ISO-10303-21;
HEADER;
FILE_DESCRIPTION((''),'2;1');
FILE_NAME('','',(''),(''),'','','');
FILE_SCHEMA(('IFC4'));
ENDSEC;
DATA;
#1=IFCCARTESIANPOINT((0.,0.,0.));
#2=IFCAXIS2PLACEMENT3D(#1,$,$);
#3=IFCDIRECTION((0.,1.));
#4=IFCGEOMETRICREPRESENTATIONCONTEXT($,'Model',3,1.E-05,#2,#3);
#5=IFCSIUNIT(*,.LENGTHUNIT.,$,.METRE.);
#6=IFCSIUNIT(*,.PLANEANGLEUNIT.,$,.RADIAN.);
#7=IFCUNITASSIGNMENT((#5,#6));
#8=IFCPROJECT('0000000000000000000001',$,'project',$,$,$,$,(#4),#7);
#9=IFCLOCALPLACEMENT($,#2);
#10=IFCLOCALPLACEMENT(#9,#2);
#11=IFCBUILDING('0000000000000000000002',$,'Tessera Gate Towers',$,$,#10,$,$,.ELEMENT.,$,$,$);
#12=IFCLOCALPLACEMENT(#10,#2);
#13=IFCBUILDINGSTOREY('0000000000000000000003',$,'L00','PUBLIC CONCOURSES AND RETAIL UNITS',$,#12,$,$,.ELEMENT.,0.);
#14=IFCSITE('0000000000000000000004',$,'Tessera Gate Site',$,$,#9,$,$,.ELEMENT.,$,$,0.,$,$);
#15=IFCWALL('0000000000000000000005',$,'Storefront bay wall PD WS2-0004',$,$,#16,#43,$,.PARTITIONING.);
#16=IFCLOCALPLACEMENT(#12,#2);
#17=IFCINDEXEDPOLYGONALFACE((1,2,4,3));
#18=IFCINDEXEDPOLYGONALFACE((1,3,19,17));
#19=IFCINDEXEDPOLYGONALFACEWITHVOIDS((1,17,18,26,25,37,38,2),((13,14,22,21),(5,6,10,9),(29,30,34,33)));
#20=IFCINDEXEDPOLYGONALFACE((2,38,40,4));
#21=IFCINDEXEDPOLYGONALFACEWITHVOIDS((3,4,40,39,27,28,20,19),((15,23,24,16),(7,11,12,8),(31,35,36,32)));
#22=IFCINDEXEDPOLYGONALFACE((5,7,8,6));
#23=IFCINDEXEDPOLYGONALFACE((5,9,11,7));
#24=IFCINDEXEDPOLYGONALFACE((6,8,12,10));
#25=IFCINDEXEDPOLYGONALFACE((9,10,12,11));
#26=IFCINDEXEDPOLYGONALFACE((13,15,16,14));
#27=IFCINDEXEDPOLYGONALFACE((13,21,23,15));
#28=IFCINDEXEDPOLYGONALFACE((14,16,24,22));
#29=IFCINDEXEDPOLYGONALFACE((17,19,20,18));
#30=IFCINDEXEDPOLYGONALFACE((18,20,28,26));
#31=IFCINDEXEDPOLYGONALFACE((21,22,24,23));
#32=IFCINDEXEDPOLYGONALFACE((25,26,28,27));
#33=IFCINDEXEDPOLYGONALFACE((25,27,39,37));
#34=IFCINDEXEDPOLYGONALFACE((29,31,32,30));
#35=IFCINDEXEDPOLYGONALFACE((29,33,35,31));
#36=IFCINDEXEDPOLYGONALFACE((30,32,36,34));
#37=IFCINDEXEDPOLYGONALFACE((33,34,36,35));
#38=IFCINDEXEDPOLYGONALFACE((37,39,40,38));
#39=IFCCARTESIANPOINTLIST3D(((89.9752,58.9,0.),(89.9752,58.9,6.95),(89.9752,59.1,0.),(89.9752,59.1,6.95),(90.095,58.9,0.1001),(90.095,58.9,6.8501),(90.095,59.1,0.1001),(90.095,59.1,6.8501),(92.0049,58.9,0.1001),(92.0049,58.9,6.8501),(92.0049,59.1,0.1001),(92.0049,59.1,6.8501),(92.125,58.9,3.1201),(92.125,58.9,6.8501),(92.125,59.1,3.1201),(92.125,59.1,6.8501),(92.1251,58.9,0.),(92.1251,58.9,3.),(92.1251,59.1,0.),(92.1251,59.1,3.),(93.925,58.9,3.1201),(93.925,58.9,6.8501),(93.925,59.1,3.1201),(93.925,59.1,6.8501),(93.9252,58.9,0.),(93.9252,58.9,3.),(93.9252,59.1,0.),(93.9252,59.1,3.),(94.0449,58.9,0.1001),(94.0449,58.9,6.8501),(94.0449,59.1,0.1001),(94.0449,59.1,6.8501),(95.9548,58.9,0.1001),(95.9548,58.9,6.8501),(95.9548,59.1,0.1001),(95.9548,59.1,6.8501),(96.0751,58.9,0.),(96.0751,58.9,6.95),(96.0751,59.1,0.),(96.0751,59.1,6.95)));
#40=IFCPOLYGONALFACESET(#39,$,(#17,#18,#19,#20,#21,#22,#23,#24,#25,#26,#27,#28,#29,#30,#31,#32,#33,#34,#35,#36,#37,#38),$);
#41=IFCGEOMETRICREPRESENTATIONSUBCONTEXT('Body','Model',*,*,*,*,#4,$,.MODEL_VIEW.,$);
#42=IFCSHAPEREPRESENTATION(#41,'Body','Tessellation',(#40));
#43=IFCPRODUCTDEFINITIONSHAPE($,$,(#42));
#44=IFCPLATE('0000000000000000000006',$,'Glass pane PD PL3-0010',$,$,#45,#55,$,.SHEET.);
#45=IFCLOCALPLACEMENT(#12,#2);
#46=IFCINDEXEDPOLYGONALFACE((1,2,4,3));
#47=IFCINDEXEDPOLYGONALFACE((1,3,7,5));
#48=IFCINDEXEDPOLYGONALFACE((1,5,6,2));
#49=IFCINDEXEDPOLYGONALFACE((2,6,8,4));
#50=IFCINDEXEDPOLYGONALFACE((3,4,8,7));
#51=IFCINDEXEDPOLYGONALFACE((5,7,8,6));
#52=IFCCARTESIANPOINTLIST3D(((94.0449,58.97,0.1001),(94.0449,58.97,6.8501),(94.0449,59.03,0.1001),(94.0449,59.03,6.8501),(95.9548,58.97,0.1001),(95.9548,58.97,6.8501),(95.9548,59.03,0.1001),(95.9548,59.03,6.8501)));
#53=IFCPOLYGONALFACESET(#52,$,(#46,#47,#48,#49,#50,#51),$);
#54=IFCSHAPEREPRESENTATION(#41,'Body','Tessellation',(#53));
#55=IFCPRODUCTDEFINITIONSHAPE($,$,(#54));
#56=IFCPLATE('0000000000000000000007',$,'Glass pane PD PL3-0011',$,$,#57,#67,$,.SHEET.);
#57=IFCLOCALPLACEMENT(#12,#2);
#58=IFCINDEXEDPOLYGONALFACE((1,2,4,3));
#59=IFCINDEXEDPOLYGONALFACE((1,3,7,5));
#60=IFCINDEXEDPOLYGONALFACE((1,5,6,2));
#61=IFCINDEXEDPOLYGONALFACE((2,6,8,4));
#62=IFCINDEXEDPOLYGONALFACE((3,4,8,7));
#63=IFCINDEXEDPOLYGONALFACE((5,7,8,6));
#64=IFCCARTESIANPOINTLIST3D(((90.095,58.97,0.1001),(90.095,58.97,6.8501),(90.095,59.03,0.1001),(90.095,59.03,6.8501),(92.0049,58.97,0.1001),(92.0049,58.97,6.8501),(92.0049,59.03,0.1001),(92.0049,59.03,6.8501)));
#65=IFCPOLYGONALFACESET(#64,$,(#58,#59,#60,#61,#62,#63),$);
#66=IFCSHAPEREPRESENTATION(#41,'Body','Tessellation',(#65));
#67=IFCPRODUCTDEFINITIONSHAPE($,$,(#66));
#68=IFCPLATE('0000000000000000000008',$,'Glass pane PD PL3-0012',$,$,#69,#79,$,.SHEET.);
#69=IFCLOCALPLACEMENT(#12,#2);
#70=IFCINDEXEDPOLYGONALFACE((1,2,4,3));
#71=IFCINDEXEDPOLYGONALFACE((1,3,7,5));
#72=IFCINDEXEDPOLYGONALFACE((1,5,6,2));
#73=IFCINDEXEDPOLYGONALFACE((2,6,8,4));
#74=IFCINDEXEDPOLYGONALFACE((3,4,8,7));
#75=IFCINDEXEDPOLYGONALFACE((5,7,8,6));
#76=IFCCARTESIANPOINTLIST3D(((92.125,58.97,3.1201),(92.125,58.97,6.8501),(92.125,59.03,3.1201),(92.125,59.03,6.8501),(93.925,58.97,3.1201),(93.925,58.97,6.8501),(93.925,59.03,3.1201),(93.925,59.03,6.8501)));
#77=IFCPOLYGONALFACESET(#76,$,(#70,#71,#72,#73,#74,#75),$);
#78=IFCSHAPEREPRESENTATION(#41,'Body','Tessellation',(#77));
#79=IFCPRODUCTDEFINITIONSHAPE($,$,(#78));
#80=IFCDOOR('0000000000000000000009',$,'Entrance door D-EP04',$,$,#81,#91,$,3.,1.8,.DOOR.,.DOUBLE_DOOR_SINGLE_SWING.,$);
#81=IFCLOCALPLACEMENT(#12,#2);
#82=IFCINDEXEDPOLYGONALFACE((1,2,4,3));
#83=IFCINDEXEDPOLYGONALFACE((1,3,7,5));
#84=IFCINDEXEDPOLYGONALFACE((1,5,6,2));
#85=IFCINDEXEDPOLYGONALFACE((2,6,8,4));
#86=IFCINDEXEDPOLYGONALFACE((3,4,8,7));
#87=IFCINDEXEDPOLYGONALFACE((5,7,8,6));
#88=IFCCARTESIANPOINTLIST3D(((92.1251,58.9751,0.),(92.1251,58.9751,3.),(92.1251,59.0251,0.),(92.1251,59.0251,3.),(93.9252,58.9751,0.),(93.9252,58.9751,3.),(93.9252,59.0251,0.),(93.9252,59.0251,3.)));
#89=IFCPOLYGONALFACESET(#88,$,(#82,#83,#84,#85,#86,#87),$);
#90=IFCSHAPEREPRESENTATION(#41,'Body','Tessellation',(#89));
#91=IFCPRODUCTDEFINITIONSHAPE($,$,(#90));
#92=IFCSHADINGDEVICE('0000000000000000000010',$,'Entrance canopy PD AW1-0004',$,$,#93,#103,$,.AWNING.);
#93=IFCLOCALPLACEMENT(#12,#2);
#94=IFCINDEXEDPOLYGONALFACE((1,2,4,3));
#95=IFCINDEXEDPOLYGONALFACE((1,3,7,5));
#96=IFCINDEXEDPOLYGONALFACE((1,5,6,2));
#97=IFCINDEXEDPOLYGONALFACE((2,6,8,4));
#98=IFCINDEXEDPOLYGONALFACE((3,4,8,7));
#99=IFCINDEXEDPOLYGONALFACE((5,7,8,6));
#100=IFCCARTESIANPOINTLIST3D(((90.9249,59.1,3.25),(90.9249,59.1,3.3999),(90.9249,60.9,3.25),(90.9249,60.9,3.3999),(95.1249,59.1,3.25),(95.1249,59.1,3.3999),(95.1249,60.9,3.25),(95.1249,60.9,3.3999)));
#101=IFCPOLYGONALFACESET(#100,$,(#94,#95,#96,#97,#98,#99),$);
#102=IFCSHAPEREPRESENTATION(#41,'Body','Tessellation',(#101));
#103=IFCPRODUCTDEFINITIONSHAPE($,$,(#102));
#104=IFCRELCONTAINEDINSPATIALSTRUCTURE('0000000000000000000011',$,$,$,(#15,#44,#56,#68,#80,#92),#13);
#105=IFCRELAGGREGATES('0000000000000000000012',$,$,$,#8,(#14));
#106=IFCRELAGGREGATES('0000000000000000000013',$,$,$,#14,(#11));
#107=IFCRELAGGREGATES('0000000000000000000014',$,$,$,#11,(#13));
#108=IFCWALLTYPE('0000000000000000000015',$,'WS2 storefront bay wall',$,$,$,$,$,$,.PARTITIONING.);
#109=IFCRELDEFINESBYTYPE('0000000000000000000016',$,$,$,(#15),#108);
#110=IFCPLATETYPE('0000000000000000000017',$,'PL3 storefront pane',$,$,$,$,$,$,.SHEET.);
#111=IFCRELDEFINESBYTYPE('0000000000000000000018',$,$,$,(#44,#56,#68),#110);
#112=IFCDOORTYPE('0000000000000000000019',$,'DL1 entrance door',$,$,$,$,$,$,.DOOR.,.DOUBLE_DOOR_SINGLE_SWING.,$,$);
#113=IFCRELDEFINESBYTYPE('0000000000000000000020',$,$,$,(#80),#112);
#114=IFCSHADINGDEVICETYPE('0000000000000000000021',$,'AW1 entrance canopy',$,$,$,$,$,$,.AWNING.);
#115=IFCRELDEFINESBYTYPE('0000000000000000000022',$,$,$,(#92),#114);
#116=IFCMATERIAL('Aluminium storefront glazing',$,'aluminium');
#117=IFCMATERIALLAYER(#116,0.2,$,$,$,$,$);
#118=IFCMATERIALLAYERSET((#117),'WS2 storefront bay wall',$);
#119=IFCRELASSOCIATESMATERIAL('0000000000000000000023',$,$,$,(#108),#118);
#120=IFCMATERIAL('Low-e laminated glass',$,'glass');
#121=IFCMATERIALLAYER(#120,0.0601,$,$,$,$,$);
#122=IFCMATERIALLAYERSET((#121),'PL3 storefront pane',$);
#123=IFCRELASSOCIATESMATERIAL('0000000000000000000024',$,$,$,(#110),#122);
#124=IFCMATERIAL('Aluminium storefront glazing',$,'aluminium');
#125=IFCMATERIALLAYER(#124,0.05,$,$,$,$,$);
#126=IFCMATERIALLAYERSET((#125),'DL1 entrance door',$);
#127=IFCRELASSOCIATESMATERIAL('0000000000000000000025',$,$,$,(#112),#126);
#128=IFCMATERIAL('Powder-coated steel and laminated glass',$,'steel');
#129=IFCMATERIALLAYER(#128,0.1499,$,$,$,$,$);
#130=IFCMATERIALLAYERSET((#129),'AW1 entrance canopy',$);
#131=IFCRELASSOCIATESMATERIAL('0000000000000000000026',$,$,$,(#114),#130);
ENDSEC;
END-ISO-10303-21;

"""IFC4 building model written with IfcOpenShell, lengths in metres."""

from ifc_helpers import new_model, si_unit, direction, frame, frame_2d, origin, origin_2d, place, context, subcontext, project, spatial, polyline, rectangle, outline, extrude, source, transform, mapped, material, layer, layer_set, type_object, element, fill, save


model = new_model("IFC4")

# Units and contexts
model_context = context("Model", 3, precision=1e-05, world=origin(), true_north=direction((0.0, 1.0)))
body_context = subcontext(model_context, "Body", "Model", "MODEL_VIEW")
ifc_project = project(units=[si_unit("LENGTHUNIT", "METRE"), si_unit("PLANEANGLEUNIT", "RADIAN")], contexts=[model_context])

# Site, building, storey
site_placement = place(None, origin())
site = spatial("IfcSite", under=ifc_project, at=site_placement, Name="Tessera Gate Site", CompositionType="ELEMENT", RefElevation=0.0)
building_placement = place(site_placement, origin())
building = spatial("IfcBuilding", under=site, at=building_placement, Name="Tessera Gate Towers", CompositionType="ELEMENT")
storey_placement = place(building_placement, origin())
storey = spatial("IfcBuildingStorey", under=building, at=storey_placement, Name="L00", Description="PUBLIC CONCOURSES AND RETAIL UNITS", CompositionType="ELEMENT", Elevation=0.0)

# Wall, openings, plates, door
ifc_material_1 = material(Name="Aluminium storefront glazing", Category="aluminium")
ifc_layer_1 = layer(ifc_material_1, 0.2)
ifc_layer_set_1 = layer_set([ifc_layer_1], Name="WS2 storefront bay wall")
wall_type = type_object("IfcWallType", Name="WS2 storefront bay wall", PredefinedType="PARTITIONING", material=ifc_layer_set_1)
wall_placement = place(storey_placement, frame((96.075, 59.0, 0.0), z_axis=(0.0, 0.0, 1.0), x_axis=(-1.0, 0.0, 0.0)))
wall = element("IfcWall", 1, at=wall_placement, inside=storey, type_object=wall_type, Name="Storefront bay wall PD WS2-0004", PredefinedType="PARTITIONING", context=body_context, shape_type="SweptSolid", body=[
    extrude(rectangle(XDim=6.0999, YDim=0.2, at=frame_2d((3.0498, 0.0))), origin(), (0.0, 0.0, 1.0), 6.95),
])
shared_shape_1 = source(origin(), body_context, "Body", "SweptSolid", [
    extrude(rectangle(XDim=1.8, YDim=3.0, at=frame_2d((0.8999, 1.5))), frame((0.0, 0.1099, 0.0), z_axis=(0.0, -1.0, 0.0), x_axis=(1.0, 0.0, 0.0)), (0.0, 0.0, 1.0), 0.22),
])
opening_1_placement = place(wall_placement, frame((2.1499, 0.0, 0.0)))
opening_1 = element("IfcOpeningElement", 2, at=opening_1_placement, cuts=wall, PredefinedType="OPENING", context=body_context, shape_type="MappedRepresentation", body=[
    mapped(shared_shape_1, transform((0.0, 0.0, 0.0), scale=1.0)),
])
shared_shape_2 = source(origin(), body_context, "Body", "SweptSolid", [
    extrude(outline(polyline([(0.1201, 0.1001), (2.03, 0.1001), (2.03, 6.8501), (0.1201, 6.8501), (0.1201, 0.1001)])), frame((0.0, 0.1099, 0.0), z_axis=(0.0, -1.0, 0.0), x_axis=(1.0, 0.0, 0.0)), (0.0, 0.0, 1.0), 0.22),
])
opening_2_placement = place(wall_placement, origin())
opening_2 = element("IfcOpeningElement", 3, at=opening_2_placement, cuts=wall, PredefinedType="OPENING", context=body_context, shape_type="MappedRepresentation", body=[
    mapped(shared_shape_2, transform((0.0, 0.0, 0.0), scale=1.0)),
])
shared_shape_3 = source(origin(), body_context, "Body", "SweptSolid", [
    extrude(outline(polyline([(4.0701, 0.1001), (5.98, 0.1001), (5.98, 6.8501), (4.0701, 6.8501), (4.0701, 0.1001)])), frame((0.0, 0.1099, 0.0), z_axis=(0.0, -1.0, 0.0), x_axis=(1.0, 0.0, 0.0)), (0.0, 0.0, 1.0), 0.22),
])
opening_3_placement = place(wall_placement, origin())
opening_3 = element("IfcOpeningElement", 4, at=opening_3_placement, cuts=wall, PredefinedType="OPENING", context=body_context, shape_type="MappedRepresentation", body=[
    mapped(shared_shape_3, transform((0.0, 0.0, 0.0), scale=1.0)),
])
shared_shape_4 = source(origin(), body_context, "Body", "SweptSolid", [
    extrude(outline(polyline([(2.1499, 3.1201), (3.95, 3.1201), (3.95, 6.8501), (2.1499, 6.8501), (2.1499, 3.1201)])), frame((0.0, 0.1099, 0.0), z_axis=(0.0, -1.0, 0.0), x_axis=(1.0, 0.0, 0.0)), (0.0, 0.0, 1.0), 0.22),
])
opening_4_placement = place(wall_placement, origin())
opening_4 = element("IfcOpeningElement", 5, at=opening_4_placement, cuts=wall, PredefinedType="OPENING", context=body_context, shape_type="MappedRepresentation", body=[
    mapped(shared_shape_4, transform((0.0, 0.0, 0.0), scale=1.0)),
])
ifc_material_2 = material(Name="Low-e laminated glass", Category="glass")
ifc_layer_2 = layer(ifc_material_2, 0.0601)
ifc_layer_set_2 = layer_set([ifc_layer_2], Name="PL3 storefront pane")
plate_type_1 = type_object("IfcPlateType", Name="PL3 storefront pane", PredefinedType="SHEET", material=ifc_layer_set_2)
shared_shape_5 = source(origin(), body_context, "Body", "SweptSolid", [
    extrude(outline(polyline([(0.1201, 0.1001), (2.03, 0.1001), (2.03, 6.8501), (0.1201, 6.8501), (0.1201, 0.1001)])), frame((0.0, 0.03, 0.0), z_axis=(0.0, -1.0, 0.0), x_axis=(1.0, 0.0, 0.0)), (0.0, 0.0, 1.0), 0.0601),
])
plate_1_placement = place(opening_2_placement, origin())
plate_1 = element("IfcPlate", 6, at=plate_1_placement, inside=storey, type_object=plate_type_1, Name="Glass pane PD PL3-0010", PredefinedType="SHEET", context=body_context, shape_type="MappedRepresentation", body=[
    mapped(shared_shape_5, transform((0.0, 0.0, 0.0), scale=1.0)),
])
fill(opening_2, plate_1)
shared_shape_6 = source(origin(), body_context, "Body", "SweptSolid", [
    extrude(outline(polyline([(4.0701, 0.1001), (5.98, 0.1001), (5.98, 6.8501), (4.0701, 6.8501), (4.0701, 0.1001)])), frame((0.0, 0.03, 0.0), z_axis=(0.0, -1.0, 0.0), x_axis=(1.0, 0.0, 0.0)), (0.0, 0.0, 1.0), 0.0601),
])
plate_2_placement = place(opening_3_placement, origin())
plate_2 = element("IfcPlate", 7, at=plate_2_placement, inside=storey, type_object=plate_type_1, Name="Glass pane PD PL3-0011", PredefinedType="SHEET", context=body_context, shape_type="MappedRepresentation", body=[
    mapped(shared_shape_6, transform((0.0, 0.0, 0.0), scale=1.0)),
])
fill(opening_3, plate_2)
shared_shape_7 = source(origin(), body_context, "Body", "SweptSolid", [
    extrude(outline(polyline([(2.1499, 3.1201), (3.95, 3.1201), (3.95, 6.8501), (2.1499, 6.8501), (2.1499, 3.1201)])), frame((0.0, 0.03, 0.0), z_axis=(0.0, -1.0, 0.0), x_axis=(1.0, 0.0, 0.0)), (0.0, 0.0, 1.0), 0.0601),
])
plate_3_placement = place(opening_4_placement, origin())
plate_3 = element("IfcPlate", 8, at=plate_3_placement, inside=storey, type_object=plate_type_1, Name="Glass pane PD PL3-0012", PredefinedType="SHEET", context=body_context, shape_type="MappedRepresentation", body=[
    mapped(shared_shape_7, transform((0.0, 0.0, 0.0), scale=1.0)),
])
fill(opening_4, plate_3)
ifc_material_3 = material(Name="Aluminium storefront glazing", Category="aluminium")
ifc_layer_3 = layer(ifc_material_3, 0.05)
ifc_layer_set_3 = layer_set([ifc_layer_3], Name="DL1 entrance door")
door_type = type_object("IfcDoorType", Name="DL1 entrance door", OperationType="DOUBLE_DOOR_SINGLE_SWING", PredefinedType="DOOR", material=ifc_layer_set_3)
shared_shape_8 = source(origin(), body_context, "Body", "SweptSolid", [
    extrude(rectangle(XDim=1.8, YDim=3.0, at=frame_2d((0.8999, 1.5))), frame((0.0, 0.0249, 0.0), z_axis=(0.0, -1.0, 0.0), x_axis=(1.0, 0.0, 0.0)), (0.0, 0.0, 1.0), 0.05),
])
door_placement = place(opening_1_placement, origin())
door = element("IfcDoor", 9, at=door_placement, inside=storey, type_object=door_type, Name="Entrance door D-EP04", OperationType="DOUBLE_DOOR_SINGLE_SWING", OverallHeight=3.0, OverallWidth=1.8, PredefinedType="DOOR", context=body_context, shape_type="MappedRepresentation", body=[
    mapped(shared_shape_8, transform((0.0, 0.0, 0.0), scale=1.0)),
])
fill(opening_1, door)

# Shading device
ifc_material_4 = material(Name="Powder-coated steel and laminated glass", Category="steel")
ifc_layer_4 = layer(ifc_material_4, 0.1499)
ifc_layer_set_4 = layer_set([ifc_layer_4], Name="AW1 entrance canopy")
shading_device_type = type_object("IfcShadingDeviceType", Name="AW1 entrance canopy", PredefinedType="AWNING", material=ifc_layer_set_4)
shading_device_placement = place(storey_placement, frame((93.0249, 60.0, 3.25), z_axis=(0.0, 0.0, 1.0), x_axis=(-1.0, 0.0, 0.0)))
element("IfcShadingDevice", 10, at=shading_device_placement, inside=storey, type_object=shading_device_type, Name="Entrance canopy PD AW1-0004", PredefinedType="AWNING", context=body_context, shape_type="SweptSolid", body=[
    extrude(rectangle(XDim=4.2, YDim=1.8, at=origin_2d()), origin(), (0.0, 0.0, 1.0), 0.1499),
])

save(model, "model.ifc")
